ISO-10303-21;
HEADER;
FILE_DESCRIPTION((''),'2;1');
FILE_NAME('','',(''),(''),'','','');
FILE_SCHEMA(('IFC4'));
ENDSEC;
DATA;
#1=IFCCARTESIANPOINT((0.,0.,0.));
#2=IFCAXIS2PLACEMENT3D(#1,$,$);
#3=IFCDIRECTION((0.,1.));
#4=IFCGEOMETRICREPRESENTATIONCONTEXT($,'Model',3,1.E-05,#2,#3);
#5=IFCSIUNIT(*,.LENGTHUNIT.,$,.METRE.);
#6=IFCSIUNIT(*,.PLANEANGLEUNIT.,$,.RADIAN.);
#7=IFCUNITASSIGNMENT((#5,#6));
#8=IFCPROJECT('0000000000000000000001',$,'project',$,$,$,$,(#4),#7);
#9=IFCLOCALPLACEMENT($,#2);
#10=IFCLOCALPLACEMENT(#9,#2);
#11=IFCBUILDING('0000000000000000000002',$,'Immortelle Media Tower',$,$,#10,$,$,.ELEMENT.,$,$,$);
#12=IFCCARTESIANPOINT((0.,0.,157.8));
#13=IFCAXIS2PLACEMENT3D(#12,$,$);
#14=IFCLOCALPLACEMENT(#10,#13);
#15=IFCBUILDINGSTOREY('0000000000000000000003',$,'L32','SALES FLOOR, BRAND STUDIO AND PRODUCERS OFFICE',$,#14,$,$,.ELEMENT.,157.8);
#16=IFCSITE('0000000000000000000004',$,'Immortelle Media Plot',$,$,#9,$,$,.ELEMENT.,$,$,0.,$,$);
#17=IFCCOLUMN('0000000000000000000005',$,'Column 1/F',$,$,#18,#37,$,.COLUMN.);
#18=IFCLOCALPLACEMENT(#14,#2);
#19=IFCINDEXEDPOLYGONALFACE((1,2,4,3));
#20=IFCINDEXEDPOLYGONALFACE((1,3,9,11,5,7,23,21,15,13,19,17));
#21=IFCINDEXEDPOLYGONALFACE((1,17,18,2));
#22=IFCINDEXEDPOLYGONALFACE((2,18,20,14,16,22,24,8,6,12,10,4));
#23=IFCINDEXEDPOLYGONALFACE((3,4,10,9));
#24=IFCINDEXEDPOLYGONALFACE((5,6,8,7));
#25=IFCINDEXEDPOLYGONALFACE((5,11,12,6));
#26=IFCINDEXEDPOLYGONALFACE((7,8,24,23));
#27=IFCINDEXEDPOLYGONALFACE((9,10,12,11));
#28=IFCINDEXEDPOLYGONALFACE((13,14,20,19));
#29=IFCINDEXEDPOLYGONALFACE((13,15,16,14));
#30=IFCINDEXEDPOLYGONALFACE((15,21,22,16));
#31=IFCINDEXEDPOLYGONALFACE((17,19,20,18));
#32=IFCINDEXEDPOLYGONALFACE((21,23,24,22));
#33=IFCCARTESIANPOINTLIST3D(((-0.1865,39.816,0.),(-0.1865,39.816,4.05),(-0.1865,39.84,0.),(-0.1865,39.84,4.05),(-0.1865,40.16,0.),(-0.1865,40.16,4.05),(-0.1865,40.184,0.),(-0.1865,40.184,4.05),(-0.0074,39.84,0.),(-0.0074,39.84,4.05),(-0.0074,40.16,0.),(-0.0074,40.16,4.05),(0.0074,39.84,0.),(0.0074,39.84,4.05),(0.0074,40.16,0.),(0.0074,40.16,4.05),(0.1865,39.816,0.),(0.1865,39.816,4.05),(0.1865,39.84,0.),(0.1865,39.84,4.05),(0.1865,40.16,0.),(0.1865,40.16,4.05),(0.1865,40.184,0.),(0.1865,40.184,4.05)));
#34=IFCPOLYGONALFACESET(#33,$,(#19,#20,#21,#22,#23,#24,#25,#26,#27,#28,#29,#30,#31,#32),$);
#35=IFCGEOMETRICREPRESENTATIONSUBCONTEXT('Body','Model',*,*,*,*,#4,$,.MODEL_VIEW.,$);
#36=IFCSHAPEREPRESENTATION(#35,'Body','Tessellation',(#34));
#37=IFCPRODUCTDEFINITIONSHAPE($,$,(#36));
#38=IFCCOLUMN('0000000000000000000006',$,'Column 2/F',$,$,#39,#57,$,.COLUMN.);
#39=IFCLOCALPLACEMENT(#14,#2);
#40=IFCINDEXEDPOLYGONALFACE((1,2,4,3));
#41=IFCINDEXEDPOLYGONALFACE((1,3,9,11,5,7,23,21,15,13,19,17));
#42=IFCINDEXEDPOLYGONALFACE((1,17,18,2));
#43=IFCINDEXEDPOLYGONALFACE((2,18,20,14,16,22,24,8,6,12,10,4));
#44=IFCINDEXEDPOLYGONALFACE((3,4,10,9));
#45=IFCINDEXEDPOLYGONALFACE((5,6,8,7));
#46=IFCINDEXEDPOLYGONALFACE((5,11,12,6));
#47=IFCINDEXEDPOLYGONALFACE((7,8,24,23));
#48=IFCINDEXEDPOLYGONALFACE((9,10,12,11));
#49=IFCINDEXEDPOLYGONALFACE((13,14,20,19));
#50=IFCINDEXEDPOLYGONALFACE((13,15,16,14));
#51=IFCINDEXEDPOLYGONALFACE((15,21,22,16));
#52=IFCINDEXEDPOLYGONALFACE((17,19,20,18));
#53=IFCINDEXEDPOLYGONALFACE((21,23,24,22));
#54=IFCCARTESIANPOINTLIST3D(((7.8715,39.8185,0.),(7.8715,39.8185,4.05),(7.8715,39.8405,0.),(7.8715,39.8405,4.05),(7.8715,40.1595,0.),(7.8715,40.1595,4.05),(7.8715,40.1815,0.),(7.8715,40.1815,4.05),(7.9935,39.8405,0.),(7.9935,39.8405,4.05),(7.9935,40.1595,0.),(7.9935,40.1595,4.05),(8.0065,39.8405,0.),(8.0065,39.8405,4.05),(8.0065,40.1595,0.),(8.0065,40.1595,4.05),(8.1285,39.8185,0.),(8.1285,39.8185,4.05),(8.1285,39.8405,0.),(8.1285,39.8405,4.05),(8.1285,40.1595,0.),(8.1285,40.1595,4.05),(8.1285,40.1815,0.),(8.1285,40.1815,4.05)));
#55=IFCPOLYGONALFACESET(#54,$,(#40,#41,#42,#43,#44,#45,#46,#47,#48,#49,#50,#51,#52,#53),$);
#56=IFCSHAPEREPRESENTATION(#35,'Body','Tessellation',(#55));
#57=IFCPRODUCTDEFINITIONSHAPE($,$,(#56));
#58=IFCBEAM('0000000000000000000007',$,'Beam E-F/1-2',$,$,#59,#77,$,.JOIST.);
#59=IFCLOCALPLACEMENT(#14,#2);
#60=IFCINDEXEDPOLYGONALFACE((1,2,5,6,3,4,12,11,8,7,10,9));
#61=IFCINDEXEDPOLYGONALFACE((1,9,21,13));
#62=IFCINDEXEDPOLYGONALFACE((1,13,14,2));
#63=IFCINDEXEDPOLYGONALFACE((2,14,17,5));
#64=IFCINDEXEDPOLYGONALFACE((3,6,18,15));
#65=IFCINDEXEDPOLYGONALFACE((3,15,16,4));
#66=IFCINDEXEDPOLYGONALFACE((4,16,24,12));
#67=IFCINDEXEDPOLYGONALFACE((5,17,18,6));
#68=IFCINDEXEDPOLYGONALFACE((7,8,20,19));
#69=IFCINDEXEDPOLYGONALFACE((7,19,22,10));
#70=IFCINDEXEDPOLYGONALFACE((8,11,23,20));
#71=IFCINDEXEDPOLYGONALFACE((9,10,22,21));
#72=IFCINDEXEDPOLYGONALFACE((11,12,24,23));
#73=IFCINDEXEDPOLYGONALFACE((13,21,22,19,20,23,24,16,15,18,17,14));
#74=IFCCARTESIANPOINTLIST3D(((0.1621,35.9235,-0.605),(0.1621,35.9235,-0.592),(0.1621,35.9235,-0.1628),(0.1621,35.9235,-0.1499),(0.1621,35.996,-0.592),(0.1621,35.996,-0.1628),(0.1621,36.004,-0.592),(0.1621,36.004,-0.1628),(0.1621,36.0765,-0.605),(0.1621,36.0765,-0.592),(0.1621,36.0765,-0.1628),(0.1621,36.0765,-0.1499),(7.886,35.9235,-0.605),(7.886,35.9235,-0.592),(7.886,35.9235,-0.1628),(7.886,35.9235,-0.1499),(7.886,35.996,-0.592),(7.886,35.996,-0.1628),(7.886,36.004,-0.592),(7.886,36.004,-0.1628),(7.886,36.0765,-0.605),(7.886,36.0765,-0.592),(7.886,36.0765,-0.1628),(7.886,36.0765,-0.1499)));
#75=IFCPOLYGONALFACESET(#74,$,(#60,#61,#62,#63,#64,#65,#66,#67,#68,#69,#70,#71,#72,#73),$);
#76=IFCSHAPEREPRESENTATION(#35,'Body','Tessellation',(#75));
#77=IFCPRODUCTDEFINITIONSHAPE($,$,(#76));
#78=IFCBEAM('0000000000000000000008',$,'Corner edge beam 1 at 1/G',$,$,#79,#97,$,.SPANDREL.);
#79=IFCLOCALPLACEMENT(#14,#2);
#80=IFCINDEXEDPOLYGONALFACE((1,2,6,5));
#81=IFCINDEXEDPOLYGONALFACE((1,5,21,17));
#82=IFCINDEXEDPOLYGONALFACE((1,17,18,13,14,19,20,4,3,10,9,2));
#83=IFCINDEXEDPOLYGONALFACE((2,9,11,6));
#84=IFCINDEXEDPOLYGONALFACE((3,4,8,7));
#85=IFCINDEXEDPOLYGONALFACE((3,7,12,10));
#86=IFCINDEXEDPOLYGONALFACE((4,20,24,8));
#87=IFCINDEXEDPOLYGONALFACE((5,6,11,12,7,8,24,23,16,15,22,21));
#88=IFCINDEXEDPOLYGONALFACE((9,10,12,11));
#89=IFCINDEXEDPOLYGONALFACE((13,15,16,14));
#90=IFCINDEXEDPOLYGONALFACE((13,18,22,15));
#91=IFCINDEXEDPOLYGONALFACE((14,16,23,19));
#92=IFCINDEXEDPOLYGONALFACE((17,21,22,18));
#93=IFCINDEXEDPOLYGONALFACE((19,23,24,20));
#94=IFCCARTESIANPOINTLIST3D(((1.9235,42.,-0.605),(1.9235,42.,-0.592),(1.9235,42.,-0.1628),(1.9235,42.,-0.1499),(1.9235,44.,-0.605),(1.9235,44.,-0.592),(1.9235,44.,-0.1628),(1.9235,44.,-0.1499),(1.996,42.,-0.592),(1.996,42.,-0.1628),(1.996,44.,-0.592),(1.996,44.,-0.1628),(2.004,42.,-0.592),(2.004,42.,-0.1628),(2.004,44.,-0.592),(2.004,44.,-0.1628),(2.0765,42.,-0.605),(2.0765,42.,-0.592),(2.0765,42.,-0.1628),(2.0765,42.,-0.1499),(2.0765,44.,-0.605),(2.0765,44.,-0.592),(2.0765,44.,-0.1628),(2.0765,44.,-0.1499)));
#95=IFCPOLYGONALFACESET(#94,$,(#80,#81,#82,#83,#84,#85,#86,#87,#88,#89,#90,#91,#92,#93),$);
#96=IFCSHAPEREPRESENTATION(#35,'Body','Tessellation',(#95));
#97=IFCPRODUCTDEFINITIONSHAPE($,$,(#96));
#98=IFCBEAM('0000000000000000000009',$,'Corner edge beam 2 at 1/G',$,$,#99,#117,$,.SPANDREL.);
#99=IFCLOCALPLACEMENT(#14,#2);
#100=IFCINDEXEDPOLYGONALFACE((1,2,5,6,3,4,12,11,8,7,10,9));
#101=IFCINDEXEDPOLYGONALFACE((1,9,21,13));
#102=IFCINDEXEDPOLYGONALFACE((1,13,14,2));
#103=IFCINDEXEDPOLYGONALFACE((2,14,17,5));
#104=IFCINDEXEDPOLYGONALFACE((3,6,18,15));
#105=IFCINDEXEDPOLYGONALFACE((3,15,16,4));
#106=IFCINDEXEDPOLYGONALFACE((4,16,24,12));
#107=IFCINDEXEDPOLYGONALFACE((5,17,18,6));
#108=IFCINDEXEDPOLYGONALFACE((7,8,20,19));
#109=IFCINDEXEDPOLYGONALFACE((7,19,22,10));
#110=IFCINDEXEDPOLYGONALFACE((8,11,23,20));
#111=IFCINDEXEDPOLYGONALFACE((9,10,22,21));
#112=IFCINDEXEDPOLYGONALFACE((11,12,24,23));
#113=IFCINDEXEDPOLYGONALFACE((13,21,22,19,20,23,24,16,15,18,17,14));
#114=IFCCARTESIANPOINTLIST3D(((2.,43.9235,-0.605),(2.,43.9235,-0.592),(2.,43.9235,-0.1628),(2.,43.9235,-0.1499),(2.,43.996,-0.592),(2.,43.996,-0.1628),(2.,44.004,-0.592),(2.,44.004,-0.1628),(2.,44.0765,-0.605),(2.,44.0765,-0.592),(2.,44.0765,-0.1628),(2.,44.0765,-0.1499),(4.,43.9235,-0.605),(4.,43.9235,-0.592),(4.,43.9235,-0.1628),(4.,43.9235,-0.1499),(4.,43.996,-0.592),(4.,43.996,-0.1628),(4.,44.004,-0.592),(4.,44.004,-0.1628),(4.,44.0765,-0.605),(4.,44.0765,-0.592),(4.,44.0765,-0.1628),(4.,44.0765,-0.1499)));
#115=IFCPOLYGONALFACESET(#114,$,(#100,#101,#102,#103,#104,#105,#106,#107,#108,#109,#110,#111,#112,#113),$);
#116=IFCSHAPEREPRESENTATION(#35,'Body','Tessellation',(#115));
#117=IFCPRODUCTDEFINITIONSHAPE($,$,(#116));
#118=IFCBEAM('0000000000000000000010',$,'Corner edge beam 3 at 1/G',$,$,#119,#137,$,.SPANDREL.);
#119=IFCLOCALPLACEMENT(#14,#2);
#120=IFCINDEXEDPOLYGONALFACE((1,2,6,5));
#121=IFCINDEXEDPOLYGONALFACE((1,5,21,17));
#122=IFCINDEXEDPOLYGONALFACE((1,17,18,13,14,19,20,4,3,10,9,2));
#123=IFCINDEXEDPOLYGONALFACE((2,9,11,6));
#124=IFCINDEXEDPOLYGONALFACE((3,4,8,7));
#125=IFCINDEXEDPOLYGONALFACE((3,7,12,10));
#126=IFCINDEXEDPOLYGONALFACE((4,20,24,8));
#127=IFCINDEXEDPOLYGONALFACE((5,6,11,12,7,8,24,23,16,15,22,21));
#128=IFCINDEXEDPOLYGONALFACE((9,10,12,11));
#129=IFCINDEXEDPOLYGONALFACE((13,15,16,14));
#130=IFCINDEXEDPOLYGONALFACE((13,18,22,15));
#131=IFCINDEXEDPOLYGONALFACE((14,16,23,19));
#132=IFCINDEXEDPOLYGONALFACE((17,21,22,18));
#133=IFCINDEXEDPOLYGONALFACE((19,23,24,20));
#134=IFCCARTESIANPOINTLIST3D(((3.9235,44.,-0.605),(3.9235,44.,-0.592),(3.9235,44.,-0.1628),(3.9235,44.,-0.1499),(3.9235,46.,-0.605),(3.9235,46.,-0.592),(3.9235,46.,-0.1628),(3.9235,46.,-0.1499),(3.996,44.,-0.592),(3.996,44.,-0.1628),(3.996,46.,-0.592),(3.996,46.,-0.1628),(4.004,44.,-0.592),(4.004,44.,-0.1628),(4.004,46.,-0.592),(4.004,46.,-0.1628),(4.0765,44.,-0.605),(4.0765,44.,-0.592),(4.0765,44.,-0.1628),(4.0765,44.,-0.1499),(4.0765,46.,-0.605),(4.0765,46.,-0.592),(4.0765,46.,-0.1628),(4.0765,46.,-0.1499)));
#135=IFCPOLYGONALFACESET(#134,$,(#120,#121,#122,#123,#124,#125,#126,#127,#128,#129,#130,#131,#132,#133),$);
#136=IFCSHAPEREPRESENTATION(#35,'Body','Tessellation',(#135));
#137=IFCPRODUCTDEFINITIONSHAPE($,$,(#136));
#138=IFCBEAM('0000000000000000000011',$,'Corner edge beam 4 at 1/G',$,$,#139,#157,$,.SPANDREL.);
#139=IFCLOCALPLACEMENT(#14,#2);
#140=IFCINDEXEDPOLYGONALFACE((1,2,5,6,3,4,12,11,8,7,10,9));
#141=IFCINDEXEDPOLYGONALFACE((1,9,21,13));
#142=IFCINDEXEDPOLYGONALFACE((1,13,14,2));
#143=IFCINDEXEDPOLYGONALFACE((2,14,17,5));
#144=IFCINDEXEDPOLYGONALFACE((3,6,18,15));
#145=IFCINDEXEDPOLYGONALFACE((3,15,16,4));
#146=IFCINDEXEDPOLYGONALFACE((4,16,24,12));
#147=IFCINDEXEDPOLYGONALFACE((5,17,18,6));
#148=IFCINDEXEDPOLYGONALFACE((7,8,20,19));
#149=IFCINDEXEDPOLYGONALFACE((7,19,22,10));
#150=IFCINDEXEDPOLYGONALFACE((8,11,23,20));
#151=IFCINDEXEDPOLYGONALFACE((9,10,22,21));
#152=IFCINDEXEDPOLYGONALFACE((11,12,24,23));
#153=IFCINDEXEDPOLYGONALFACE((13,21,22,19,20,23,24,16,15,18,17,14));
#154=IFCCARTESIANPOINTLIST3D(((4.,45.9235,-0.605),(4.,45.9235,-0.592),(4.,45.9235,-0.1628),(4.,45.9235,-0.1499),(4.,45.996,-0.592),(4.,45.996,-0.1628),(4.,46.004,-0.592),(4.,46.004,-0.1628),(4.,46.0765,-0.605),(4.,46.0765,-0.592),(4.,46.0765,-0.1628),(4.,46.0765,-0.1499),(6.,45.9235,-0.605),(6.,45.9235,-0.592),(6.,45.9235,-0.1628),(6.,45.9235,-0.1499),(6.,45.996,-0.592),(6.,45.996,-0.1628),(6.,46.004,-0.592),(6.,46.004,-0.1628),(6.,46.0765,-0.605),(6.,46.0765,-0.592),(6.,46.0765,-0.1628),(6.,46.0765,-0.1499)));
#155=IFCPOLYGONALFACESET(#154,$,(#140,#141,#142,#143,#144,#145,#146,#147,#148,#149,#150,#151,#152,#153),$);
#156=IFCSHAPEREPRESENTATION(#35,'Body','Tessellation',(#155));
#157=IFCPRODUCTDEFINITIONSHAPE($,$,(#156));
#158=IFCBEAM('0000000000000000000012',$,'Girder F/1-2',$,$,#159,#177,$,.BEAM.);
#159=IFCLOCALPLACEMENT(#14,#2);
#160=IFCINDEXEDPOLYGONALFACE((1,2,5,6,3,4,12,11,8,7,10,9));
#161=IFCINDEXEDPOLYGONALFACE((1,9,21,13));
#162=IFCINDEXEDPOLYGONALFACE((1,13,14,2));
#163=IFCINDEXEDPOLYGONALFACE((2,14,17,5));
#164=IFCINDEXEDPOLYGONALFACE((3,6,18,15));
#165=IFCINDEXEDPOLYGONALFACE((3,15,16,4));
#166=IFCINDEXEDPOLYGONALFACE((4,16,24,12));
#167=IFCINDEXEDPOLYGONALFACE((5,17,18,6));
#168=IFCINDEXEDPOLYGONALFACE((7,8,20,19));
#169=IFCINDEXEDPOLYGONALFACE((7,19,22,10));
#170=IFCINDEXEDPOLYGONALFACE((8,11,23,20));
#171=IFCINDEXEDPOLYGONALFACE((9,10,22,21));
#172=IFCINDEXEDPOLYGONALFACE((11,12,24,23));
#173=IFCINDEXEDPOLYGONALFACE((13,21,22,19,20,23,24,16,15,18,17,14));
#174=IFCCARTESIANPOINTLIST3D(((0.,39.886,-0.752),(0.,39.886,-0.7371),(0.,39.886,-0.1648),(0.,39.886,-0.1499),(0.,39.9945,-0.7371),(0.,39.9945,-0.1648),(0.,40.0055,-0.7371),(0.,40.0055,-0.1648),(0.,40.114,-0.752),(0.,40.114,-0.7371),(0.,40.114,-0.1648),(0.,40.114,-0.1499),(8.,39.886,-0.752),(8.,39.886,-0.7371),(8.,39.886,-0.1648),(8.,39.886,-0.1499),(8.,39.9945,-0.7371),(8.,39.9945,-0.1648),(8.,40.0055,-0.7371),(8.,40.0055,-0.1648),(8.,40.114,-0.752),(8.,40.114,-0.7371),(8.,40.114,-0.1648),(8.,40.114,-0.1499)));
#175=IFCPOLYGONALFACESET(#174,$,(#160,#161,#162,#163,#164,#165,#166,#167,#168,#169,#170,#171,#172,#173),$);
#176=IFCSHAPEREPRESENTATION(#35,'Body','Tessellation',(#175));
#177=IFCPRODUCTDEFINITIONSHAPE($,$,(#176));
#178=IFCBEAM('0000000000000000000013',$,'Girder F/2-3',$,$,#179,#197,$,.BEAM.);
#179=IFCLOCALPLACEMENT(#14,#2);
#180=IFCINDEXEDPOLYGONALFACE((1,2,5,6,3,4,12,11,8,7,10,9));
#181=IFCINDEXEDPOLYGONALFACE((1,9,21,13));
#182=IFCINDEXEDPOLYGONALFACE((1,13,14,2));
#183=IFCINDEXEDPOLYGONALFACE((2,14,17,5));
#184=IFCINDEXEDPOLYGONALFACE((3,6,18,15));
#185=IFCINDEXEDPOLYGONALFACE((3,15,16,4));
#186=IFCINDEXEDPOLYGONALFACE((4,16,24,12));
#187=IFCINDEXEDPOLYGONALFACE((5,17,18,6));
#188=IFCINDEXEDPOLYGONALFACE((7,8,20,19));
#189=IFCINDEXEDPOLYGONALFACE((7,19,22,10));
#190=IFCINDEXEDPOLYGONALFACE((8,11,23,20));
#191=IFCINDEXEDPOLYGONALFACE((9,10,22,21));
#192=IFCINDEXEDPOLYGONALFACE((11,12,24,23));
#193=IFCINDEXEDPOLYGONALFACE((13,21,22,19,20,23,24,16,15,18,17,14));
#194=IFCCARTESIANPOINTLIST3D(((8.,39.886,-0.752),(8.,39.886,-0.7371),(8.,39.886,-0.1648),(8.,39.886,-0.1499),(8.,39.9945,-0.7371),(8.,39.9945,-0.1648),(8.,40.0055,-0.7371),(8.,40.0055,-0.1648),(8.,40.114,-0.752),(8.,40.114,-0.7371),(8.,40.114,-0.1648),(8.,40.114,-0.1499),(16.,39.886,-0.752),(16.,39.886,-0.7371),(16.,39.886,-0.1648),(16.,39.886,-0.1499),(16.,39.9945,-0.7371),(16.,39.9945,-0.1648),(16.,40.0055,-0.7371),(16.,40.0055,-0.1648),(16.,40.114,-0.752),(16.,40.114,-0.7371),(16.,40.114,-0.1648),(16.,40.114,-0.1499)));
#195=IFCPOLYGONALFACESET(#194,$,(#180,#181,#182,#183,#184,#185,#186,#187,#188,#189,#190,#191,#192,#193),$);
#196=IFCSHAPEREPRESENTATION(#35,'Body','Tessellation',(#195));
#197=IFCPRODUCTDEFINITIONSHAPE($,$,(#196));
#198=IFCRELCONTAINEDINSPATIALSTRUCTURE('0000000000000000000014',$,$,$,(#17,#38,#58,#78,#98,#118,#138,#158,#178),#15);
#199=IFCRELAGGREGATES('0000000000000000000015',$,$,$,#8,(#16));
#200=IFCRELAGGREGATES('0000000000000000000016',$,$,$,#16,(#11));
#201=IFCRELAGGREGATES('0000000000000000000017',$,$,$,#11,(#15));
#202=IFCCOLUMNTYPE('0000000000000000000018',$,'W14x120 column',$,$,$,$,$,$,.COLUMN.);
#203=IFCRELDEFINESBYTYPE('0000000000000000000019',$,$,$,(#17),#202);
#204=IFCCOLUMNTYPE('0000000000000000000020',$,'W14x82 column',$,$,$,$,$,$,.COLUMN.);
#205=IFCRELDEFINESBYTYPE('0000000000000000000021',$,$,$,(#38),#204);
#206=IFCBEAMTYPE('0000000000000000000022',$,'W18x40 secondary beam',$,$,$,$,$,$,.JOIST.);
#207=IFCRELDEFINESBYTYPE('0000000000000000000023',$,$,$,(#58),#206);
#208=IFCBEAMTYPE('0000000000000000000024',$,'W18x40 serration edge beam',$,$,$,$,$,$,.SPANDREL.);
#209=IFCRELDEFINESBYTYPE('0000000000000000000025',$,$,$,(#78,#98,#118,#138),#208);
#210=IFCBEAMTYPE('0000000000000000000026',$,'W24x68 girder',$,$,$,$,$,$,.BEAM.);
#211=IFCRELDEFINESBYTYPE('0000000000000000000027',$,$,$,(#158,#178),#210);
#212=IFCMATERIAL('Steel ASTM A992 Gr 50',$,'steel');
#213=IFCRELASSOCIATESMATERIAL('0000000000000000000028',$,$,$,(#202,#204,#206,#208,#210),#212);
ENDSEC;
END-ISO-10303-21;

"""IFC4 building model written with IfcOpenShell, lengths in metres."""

from ifc_helpers import new_model, si_unit, direction, frame, origin, origin_2d, place, context, subcontext, project, spatial, i_section, extrude, material, material_profile, profile_set, type_object, element, save


model = new_model("IFC4")

# Units and contexts
model_context = context("Model", 3, precision=1e-05, world=origin(), true_north=direction((0.0, 1.0)))
body_context = subcontext(model_context, "Body", "Model", "MODEL_VIEW")
ifc_project = project(units=[si_unit("LENGTHUNIT", "METRE"), si_unit("PLANEANGLEUNIT", "RADIAN")], contexts=[model_context])

# Site, building, storey
site_placement = place(None, origin())
site = spatial("IfcSite", under=ifc_project, at=site_placement, Name="Immortelle Media Plot", CompositionType="ELEMENT", RefElevation=0.0)
building_placement = place(site_placement, origin())
building = spatial("IfcBuilding", under=site, at=building_placement, Name="Immortelle Media Tower", CompositionType="ELEMENT")
storey_placement = place(building_placement, frame((0.0, 0.0, 157.8)))
storey = spatial("IfcBuildingStorey", under=building, at=storey_placement, Name="L32", Description="SALES FLOOR, BRAND STUDIO AND PRODUCERS OFFICE", CompositionType="ELEMENT", Elevation=157.8)

# Columns
ifc_material_1 = material(Name="Steel ASTM A992 Gr 50", Category="steel")
ifc_material_profile_1 = material_profile(ifc_material_1, i_section(OverallWidth=0.373, OverallDepth=0.3679, WebThickness=0.0149, FlangeThickness=0.0239, at=origin_2d()), Name="W14x120")
ifc_profile_set_1 = profile_set([ifc_material_profile_1], Name="Steel ASTM A992 Gr 50")
column_type_1 = type_object("IfcColumnType", Name="W14x120 column", PredefinedType="COLUMN", material=ifc_profile_set_1)
column_1_placement = place(storey_placement, frame((0.0, 40.0, 0.0), z_axis=(0.0, 0.0, 1.0), x_axis=(1.0, 0.0, 0.0)))
element("IfcColumn", 1, at=column_1_placement, inside=storey, type_object=column_type_1, Name="Column 1/F", PredefinedType="COLUMN", context=body_context, shape_type="SweptSolid", body=[
    extrude(i_section(OverallWidth=0.373, OverallDepth=0.3679, WebThickness=0.0149, FlangeThickness=0.0239, at=origin_2d()), origin(), (0.0, 0.0, 1.0), 4.05),
])
ifc_material_profile_2 = material_profile(ifc_material_1, i_section(OverallWidth=0.2571, OverallDepth=0.363, WebThickness=0.0129, FlangeThickness=0.022, at=origin_2d()), Name="W14x82")
ifc_profile_set_2 = profile_set([ifc_material_profile_2], Name="Steel ASTM A992 Gr 50")
column_type_2 = type_object("IfcColumnType", Name="W14x82 column", PredefinedType="COLUMN", material=ifc_profile_set_2)
column_2_placement = place(storey_placement, frame((8.0, 40.0, 0.0), z_axis=(0.0, 0.0, 1.0), x_axis=(1.0, 0.0, 0.0)))
element("IfcColumn", 2, at=column_2_placement, inside=storey, type_object=column_type_2, Name="Column 2/F", PredefinedType="COLUMN", context=body_context, shape_type="SweptSolid", body=[
    extrude(i_section(OverallWidth=0.2571, OverallDepth=0.363, WebThickness=0.0129, FlangeThickness=0.022, at=origin_2d()), origin(), (0.0, 0.0, 1.0), 4.05),
])

# Beams
ifc_material_profile_3 = material_profile(ifc_material_1, i_section(OverallWidth=0.1531, OverallDepth=0.4551, WebThickness=0.0081, FlangeThickness=0.0129, at=origin_2d()), Name="W18x40")
ifc_profile_set_3 = profile_set([ifc_material_profile_3], Name="Steel ASTM A992 Gr 50")
beam_type_1 = type_object("IfcBeamType", Name="W18x40 secondary beam", PredefinedType="JOIST", material=ifc_profile_set_3)
beam_1_placement = place(storey_placement, frame((0.1621, 36.0, -0.3774), z_axis=(1.0, 0.0, 0.0), x_axis=(0.0, 1.0, 0.0)))
element("IfcBeam", 3, at=beam_1_placement, inside=storey, type_object=beam_type_1, Name="Beam E-F/1-2", PredefinedType="JOIST", context=body_context, shape_type="SweptSolid", body=[
    extrude(i_section(OverallWidth=0.1531, OverallDepth=0.4551, WebThickness=0.0081, FlangeThickness=0.0129, at=origin_2d()), origin(), (0.0, 0.0, 1.0), 7.7239),
])
ifc_material_profile_4 = material_profile(ifc_material_1, i_section(OverallWidth=0.1531, OverallDepth=0.4551, WebThickness=0.0081, FlangeThickness=0.0129, at=origin_2d()), Name="W18x40")
ifc_profile_set_4 = profile_set([ifc_material_profile_4], Name="Steel ASTM A992 Gr 50")
beam_type_2 = type_object("IfcBeamType", Name="W18x40 serration edge beam", PredefinedType="SPANDREL", material=ifc_profile_set_4)
for number, where, z_axis, x_axis, name in (
    (4, (2.0, 42.0, -0.3774), (0.0, 1.0, 0.0), (-1.0, 0.0, 0.0), "Corner edge beam 1 at 1/G"),
    (5, (2.0, 44.0, -0.3774), (1.0, 0.0, 0.0), (0.0, 1.0, 0.0), "Corner edge beam 2 at 1/G"),
    (6, (4.0, 44.0, -0.3774), (0.0, 1.0, 0.0), (-1.0, 0.0, 0.0), "Corner edge beam 3 at 1/G"),
    (7, (4.0, 46.0, -0.3774), (1.0, 0.0, 0.0), (0.0, 1.0, 0.0), "Corner edge beam 4 at 1/G"),
):
    element("IfcBeam", number, at=place(storey_placement, frame(where, z_axis=z_axis, x_axis=x_axis)), inside=storey, type_object=beam_type_2, Name=name, PredefinedType="SPANDREL", context=body_context, shape_type="SweptSolid", body=[
        extrude(i_section(OverallWidth=0.1531, OverallDepth=0.4551, WebThickness=0.0081, FlangeThickness=0.0129, at=origin_2d()), origin(), (0.0, 0.0, 1.0), 2.0),
    ])
ifc_material_profile_5 = material_profile(ifc_material_1, i_section(OverallWidth=0.228, OverallDepth=0.6021, WebThickness=0.011, FlangeThickness=0.0149, at=origin_2d()), Name="W24x68")
ifc_profile_set_5 = profile_set([ifc_material_profile_5], Name="Steel ASTM A992 Gr 50")
beam_type_3 = type_object("IfcBeamType", Name="W24x68 girder", PredefinedType="BEAM", material=ifc_profile_set_5)
for number, where, z_axis, x_axis, name in (
    (8, (0.0, 40.0, -0.4509), (1.0, 0.0, 0.0), (0.0, 1.0, 0.0), "Girder F/1-2"),
    (9, (8.0, 40.0, -0.4509), (1.0, 0.0, 0.0), (0.0, 1.0, 0.0), "Girder F/2-3"),
):
    element("IfcBeam", number, at=place(storey_placement, frame(where, z_axis=z_axis, x_axis=x_axis)), inside=storey, type_object=beam_type_3, Name=name, PredefinedType="BEAM", context=body_context, shape_type="SweptSolid", body=[
        extrude(i_section(OverallWidth=0.228, OverallDepth=0.6021, WebThickness=0.011, FlangeThickness=0.0149, at=origin_2d()), origin(), (0.0, 0.0, 1.0), 8.0),
    ])

save(model, "model.ifc")
